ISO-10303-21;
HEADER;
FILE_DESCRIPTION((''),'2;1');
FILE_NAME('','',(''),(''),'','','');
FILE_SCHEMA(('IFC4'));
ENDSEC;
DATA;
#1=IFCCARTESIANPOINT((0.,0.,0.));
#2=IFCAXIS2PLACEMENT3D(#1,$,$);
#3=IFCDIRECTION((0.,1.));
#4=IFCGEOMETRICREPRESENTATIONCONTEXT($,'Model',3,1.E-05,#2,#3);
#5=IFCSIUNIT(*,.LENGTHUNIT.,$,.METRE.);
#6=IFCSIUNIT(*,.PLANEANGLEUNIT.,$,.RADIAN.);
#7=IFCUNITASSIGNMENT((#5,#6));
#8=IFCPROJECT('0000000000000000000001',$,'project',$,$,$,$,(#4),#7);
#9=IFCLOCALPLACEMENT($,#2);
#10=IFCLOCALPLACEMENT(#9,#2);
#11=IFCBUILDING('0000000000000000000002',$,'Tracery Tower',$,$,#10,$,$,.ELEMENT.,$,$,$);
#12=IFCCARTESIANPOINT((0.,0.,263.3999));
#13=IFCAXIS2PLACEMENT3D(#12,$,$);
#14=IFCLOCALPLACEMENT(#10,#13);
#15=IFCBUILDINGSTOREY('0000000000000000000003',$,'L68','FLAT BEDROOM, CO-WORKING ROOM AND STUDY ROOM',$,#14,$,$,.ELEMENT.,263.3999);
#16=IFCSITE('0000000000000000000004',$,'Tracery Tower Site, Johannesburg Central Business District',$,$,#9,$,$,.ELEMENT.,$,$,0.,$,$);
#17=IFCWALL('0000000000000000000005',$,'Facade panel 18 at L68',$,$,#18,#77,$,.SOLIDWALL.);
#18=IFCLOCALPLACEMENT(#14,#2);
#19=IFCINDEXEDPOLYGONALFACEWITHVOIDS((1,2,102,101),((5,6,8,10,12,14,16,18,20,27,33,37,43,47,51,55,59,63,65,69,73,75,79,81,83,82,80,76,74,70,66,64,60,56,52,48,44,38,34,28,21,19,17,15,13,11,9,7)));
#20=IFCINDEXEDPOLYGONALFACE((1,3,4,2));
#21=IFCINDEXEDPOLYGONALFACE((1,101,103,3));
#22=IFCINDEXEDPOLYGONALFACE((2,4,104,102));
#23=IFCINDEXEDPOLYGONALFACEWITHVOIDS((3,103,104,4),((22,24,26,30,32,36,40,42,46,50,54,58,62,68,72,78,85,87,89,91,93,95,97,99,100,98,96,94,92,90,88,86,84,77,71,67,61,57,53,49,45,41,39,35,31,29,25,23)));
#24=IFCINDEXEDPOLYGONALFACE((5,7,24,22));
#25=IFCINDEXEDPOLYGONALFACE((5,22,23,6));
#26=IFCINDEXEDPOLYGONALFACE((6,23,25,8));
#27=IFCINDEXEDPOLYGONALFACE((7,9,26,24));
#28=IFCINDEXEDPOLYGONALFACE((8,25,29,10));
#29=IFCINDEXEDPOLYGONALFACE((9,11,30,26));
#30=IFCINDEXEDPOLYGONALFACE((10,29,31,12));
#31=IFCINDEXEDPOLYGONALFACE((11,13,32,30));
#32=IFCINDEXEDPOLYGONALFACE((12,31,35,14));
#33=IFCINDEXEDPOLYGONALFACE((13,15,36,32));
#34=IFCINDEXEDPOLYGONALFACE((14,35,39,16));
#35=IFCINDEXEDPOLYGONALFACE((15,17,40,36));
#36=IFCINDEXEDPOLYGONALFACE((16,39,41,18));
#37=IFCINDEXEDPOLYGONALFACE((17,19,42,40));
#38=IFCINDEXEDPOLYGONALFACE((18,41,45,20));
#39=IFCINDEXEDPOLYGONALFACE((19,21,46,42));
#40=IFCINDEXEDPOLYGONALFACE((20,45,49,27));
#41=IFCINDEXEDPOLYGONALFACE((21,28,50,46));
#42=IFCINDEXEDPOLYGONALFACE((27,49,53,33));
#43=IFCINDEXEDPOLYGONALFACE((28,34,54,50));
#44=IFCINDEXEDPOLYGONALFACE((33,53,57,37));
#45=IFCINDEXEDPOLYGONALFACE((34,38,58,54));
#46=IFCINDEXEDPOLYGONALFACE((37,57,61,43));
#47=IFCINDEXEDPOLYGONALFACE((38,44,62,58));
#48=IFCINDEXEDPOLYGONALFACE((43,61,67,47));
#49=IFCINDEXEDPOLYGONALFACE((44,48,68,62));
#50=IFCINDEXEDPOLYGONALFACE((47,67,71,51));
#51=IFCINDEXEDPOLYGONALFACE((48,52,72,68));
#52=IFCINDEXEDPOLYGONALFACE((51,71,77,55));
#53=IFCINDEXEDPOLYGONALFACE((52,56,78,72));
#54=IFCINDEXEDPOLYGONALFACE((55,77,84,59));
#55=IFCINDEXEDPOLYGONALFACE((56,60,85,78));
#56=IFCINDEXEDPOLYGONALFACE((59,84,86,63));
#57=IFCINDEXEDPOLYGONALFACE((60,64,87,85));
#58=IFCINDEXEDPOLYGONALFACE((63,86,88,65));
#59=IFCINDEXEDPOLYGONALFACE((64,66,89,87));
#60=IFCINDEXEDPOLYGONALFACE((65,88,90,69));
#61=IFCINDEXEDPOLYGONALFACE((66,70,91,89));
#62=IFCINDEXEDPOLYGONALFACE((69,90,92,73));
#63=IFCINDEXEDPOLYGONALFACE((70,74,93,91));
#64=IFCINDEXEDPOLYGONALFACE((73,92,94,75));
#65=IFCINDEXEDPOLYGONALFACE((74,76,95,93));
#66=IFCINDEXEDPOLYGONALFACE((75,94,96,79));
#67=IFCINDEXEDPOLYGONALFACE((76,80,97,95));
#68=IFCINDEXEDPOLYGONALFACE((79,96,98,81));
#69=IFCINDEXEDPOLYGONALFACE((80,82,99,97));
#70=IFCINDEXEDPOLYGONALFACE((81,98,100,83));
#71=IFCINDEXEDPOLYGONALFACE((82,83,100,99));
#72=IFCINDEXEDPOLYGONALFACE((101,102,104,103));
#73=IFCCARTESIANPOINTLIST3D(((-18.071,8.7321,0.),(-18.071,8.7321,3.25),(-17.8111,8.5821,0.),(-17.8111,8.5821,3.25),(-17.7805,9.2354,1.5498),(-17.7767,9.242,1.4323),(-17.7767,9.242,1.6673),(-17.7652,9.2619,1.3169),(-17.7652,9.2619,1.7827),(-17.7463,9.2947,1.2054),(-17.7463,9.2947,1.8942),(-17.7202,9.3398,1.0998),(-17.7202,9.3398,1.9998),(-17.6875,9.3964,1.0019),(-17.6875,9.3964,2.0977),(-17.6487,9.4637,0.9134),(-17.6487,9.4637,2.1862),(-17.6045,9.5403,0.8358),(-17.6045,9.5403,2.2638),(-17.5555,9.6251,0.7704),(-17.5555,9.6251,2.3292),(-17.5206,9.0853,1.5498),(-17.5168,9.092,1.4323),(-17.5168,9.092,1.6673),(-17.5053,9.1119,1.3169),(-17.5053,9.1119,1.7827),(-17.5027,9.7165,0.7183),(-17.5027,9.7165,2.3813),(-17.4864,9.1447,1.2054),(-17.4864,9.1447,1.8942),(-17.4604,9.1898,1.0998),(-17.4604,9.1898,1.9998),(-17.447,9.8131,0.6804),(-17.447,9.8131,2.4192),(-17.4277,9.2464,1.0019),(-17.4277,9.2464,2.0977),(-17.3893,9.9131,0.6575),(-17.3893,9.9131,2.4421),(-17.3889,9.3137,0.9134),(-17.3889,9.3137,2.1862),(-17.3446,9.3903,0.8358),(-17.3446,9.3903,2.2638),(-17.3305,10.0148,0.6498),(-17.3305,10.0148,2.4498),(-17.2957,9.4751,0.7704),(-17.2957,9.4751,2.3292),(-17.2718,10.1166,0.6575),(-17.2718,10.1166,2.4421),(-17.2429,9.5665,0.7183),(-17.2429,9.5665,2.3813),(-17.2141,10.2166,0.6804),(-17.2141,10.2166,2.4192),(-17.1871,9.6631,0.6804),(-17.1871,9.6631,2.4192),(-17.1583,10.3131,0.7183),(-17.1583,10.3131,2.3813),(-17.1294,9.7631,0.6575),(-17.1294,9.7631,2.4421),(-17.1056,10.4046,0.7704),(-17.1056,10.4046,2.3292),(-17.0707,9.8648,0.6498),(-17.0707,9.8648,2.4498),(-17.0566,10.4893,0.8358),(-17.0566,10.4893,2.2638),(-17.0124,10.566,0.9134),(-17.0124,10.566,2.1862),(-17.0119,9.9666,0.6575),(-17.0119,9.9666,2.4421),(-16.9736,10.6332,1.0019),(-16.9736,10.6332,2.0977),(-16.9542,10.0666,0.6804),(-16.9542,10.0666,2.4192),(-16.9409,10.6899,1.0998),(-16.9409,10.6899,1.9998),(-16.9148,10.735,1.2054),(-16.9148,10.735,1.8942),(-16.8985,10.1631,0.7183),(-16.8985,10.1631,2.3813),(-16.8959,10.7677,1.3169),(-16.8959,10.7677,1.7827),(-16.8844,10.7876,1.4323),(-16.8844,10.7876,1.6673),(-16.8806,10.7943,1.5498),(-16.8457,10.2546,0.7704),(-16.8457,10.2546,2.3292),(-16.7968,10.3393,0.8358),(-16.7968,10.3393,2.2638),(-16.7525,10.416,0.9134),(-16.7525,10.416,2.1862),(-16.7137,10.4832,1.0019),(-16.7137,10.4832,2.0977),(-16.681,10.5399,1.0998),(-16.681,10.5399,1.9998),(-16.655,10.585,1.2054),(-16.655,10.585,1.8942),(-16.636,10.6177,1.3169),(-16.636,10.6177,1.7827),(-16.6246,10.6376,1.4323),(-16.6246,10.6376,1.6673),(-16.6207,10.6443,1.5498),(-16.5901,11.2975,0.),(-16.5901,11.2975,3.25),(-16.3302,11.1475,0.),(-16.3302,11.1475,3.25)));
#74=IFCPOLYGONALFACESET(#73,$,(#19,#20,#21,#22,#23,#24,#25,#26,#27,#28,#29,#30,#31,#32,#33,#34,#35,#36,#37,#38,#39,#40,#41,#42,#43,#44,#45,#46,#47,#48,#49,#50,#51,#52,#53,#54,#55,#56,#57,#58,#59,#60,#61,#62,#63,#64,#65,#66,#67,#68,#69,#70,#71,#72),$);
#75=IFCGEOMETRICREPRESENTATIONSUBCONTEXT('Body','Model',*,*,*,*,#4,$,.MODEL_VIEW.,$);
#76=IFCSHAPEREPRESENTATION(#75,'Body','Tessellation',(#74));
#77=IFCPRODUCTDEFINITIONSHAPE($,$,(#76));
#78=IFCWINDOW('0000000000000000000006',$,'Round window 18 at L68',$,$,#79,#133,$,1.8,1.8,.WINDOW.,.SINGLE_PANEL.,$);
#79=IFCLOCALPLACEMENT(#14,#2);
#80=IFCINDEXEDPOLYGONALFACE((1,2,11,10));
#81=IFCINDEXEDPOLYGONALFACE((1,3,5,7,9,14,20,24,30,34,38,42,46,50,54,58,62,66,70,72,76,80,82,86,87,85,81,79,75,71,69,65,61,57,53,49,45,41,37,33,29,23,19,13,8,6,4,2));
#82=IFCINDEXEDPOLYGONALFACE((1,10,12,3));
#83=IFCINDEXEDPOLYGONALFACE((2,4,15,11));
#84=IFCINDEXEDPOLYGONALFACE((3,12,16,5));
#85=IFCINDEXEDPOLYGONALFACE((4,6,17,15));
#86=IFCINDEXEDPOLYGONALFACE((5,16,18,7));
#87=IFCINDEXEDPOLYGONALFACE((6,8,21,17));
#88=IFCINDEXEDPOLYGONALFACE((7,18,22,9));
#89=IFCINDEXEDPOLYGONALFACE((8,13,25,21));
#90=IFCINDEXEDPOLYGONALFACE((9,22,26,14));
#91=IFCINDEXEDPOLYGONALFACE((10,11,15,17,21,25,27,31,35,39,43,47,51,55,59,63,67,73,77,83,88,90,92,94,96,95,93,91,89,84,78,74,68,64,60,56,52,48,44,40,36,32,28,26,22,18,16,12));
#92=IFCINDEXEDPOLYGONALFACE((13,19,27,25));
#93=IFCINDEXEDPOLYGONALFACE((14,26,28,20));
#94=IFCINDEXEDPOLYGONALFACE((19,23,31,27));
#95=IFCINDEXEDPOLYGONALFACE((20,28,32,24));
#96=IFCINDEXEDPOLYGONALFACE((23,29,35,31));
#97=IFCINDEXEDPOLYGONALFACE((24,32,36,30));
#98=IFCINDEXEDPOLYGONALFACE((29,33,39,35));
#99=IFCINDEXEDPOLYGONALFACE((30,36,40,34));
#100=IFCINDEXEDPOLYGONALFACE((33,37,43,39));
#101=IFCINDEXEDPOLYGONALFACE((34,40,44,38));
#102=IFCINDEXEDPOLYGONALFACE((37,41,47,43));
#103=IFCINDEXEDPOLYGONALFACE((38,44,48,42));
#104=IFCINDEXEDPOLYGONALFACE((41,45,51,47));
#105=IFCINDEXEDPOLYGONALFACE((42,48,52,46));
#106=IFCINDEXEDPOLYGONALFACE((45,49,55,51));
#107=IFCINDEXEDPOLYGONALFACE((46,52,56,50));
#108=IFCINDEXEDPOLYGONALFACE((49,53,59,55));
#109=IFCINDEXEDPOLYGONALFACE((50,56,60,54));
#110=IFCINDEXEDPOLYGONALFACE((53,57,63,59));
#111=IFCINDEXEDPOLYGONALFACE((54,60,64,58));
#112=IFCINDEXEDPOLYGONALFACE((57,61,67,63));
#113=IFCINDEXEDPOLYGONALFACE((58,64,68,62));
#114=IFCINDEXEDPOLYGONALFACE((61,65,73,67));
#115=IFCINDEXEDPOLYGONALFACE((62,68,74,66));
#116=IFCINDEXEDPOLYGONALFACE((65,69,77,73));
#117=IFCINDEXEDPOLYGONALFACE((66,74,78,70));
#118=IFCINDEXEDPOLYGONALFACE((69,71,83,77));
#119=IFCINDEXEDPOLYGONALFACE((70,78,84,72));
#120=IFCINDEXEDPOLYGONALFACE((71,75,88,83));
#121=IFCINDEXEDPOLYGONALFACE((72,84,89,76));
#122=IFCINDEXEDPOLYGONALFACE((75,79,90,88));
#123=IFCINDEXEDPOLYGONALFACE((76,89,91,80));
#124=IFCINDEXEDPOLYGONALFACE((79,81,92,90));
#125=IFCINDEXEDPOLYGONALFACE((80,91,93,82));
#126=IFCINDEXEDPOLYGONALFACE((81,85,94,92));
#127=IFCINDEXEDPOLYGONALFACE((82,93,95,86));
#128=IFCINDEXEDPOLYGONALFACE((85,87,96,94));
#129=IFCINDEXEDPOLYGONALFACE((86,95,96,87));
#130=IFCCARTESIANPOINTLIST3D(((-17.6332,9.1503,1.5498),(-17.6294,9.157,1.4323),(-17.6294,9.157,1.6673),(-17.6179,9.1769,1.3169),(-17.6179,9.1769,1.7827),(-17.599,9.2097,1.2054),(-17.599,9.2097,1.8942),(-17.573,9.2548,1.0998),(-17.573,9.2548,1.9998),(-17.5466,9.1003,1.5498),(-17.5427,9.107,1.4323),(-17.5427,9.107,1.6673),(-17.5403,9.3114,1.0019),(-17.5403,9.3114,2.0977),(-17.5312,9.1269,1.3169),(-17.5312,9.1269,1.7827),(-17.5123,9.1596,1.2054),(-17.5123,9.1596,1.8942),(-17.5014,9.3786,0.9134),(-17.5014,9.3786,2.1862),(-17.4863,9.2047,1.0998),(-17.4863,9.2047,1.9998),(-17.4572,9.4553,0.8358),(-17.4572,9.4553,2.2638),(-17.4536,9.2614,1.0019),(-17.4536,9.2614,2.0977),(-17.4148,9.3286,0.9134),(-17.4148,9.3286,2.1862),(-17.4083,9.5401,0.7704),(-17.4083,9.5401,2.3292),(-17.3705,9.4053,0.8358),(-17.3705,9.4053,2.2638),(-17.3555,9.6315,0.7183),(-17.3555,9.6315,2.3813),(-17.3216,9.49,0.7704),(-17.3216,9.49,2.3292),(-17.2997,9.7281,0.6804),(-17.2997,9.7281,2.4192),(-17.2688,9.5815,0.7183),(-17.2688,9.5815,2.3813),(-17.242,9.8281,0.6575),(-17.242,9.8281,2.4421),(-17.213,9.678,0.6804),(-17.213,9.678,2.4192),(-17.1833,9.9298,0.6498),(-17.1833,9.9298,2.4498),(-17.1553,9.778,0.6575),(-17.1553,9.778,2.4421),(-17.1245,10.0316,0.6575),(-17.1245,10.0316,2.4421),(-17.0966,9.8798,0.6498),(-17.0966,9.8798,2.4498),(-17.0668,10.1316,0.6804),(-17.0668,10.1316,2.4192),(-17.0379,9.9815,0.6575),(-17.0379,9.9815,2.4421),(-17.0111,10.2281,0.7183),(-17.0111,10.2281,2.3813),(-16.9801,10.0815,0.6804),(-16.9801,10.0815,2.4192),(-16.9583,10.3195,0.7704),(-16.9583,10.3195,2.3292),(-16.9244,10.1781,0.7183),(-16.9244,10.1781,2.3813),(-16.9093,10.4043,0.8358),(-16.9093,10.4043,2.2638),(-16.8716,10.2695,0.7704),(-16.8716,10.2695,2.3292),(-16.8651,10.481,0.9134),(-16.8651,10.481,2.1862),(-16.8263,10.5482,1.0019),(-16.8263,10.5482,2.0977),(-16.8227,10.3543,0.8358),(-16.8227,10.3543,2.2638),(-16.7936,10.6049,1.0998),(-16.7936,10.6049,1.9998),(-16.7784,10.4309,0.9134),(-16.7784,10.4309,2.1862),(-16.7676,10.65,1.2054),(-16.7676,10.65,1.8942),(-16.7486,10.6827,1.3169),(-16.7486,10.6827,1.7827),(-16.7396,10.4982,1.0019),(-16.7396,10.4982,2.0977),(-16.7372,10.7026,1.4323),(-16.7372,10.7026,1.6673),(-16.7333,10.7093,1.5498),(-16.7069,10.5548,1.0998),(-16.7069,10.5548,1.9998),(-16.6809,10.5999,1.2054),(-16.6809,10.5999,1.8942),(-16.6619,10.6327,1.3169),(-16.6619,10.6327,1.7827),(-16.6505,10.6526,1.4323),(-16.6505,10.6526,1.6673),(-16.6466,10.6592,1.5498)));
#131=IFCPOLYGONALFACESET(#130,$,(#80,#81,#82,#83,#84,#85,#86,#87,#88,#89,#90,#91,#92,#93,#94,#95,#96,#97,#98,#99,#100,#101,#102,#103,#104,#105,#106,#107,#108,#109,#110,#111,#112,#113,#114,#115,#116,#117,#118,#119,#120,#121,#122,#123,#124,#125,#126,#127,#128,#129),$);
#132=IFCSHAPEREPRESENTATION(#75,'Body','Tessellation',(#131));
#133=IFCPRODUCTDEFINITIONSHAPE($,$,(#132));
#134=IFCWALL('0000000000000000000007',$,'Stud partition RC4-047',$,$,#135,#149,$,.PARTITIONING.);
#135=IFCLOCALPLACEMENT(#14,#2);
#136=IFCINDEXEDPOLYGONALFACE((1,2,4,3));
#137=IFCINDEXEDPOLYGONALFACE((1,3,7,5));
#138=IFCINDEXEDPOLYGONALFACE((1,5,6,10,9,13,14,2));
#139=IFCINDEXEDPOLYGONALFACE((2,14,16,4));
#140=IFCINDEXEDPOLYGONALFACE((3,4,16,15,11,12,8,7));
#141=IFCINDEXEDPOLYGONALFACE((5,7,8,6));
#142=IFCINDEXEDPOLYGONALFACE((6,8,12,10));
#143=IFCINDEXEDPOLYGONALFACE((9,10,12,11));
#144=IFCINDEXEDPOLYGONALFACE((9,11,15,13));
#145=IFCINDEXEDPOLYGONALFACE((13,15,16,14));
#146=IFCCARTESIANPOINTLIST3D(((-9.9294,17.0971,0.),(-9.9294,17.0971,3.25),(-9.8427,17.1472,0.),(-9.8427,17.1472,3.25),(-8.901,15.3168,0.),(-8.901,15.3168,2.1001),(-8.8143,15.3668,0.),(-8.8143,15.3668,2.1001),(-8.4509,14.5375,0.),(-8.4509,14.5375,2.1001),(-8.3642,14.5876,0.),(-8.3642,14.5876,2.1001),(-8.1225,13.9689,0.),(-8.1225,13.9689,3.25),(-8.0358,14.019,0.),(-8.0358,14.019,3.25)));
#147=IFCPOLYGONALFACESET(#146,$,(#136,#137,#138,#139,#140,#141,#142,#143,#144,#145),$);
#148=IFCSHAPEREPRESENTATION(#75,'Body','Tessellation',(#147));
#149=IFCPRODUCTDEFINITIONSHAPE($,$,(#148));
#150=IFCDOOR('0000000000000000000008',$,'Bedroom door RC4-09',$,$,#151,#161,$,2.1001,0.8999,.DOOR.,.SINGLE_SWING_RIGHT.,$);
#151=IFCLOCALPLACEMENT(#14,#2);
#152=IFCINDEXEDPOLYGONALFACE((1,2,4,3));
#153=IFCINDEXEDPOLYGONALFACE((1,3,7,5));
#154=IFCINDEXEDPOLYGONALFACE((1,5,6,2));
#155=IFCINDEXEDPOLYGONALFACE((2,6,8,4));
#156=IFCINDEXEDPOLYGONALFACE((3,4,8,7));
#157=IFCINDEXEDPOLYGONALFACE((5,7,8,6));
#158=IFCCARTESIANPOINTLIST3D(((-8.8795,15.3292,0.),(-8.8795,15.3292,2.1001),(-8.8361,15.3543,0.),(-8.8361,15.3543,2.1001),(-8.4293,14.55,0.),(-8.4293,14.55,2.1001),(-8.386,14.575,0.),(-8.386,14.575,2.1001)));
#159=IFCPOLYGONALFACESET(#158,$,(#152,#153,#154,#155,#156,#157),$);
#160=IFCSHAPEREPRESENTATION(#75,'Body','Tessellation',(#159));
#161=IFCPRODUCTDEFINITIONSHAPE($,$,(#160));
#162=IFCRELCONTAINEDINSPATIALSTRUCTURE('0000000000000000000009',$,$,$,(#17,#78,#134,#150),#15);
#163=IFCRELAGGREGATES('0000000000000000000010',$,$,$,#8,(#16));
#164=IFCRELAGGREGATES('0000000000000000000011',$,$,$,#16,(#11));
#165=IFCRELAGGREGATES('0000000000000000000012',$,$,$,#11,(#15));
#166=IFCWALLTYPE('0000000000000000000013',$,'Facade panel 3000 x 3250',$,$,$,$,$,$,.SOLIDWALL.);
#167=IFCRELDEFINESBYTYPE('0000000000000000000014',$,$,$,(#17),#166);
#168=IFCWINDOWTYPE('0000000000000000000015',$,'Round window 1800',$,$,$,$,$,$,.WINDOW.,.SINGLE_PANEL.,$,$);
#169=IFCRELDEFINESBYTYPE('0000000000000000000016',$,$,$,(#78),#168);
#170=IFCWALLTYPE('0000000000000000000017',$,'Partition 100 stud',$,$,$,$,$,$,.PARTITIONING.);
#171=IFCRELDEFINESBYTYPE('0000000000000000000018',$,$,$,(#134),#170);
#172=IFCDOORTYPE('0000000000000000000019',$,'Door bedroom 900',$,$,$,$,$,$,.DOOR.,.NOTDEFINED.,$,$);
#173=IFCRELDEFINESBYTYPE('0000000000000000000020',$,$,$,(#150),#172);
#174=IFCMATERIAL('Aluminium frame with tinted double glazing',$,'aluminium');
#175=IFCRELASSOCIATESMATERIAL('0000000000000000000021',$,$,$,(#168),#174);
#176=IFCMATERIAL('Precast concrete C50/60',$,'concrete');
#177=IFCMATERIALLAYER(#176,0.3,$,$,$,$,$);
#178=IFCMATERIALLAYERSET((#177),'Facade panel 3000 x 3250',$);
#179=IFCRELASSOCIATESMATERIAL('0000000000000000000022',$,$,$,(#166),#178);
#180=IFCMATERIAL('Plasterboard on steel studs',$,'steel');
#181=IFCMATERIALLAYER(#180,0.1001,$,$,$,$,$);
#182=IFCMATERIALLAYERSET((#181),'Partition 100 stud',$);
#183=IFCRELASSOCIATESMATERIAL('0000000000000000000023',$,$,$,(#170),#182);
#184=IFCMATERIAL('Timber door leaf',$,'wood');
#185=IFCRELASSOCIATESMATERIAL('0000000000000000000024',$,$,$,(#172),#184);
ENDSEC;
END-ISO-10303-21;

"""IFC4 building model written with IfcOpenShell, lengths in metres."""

from ifc_helpers import new_model, si_unit, direction, frame, frame_2d, origin, origin_2d, place, context, subcontext, project, spatial, rectangle, circle, extrude, material, layer, layer_set, type_object, element, fill, save


model = new_model("IFC4")

# Units and contexts
model_context = context("Model", 3, precision=1e-05, world=origin(), true_north=direction((0.0, 1.0)))
body_context = subcontext(model_context, "Body", "Model", "MODEL_VIEW")
ifc_project = project(units=[si_unit("LENGTHUNIT", "METRE"), si_unit("PLANEANGLEUNIT", "RADIAN")], contexts=[model_context])

# Site, building, storey
site_placement = place(None, origin())
site = spatial("IfcSite", under=ifc_project, at=site_placement, Name="Tracery Tower Site, Johannesburg Central Business District", CompositionType="ELEMENT", RefElevation=0.0)
building_placement = place(site_placement, origin())
building = spatial("IfcBuilding", under=site, at=building_placement, Name="Tracery Tower", CompositionType="ELEMENT")
storey_placement = place(building_placement, frame((0.0, 0.0, 263.3999)))
storey = spatial("IfcBuildingStorey", under=building, at=storey_placement, Name="L68", Description="FLAT BEDROOM, CO-WORKING ROOM AND STUDY ROOM", CompositionType="ELEMENT", Elevation=263.3999)

# Wall, opening, window
ifc_material_1 = material(Name="Aluminium frame with tinted double glazing", Category="aluminium")
window_type = type_object("IfcWindowType", Name="Round window 1800", PartitioningType="SINGLE_PANEL", PredefinedType="WINDOW", material=ifc_material_1)
ifc_material_2 = material(Name="Precast concrete C50/60", Category="concrete")
ifc_layer_1 = layer(ifc_material_2, 0.3)
ifc_layer_set_1 = layer_set([ifc_layer_1], Name="Facade panel 3000 x 3250")
wall_type_1 = type_object("IfcWallType", Name="Facade panel 3000 x 3250", PredefinedType="SOLIDWALL", material=ifc_layer_set_1)
wall_1_placement = place(storey_placement, frame((-16.4602, 11.2224, 0.0), z_axis=(0.0, 0.0, 1.0), x_axis=(-0.499951, -0.866054, 0.0)))
wall_1 = element("IfcWall", 1, at=wall_1_placement, inside=storey, type_object=wall_type_1, Name="Facade panel 18 at L68", PredefinedType="SOLIDWALL", context=body_context, shape_type="SweptSolid", body=[
    extrude(rectangle(XDim=2.9622, YDim=0.3, at=frame_2d((1.481, 0.0))), origin(), (0.0, 0.0, 1.0), 3.25),
])
opening_1_placement = place(wall_1_placement, frame((1.481, 0.0, 1.5498)))
opening_1 = element("IfcOpeningElement", 2, at=opening_1_placement, cuts=wall_1, PredefinedType="OPENING", context=body_context, shape_type="SweptSolid", body=[
    extrude(circle(Radius=0.9, at=origin_2d()), frame((0.0, 0.1599, 0.0), z_axis=(0.0, -1.0, 0.0), x_axis=(1.0, 0.0, 0.0)), (0.0, 0.0, 1.0), 0.3201),
])
window_1_placement = place(opening_1_placement, origin())
window_1 = element("IfcWindow", 3, at=window_1_placement, inside=storey, type_object=window_type, Name="Round window 18 at L68", OverallHeight=1.8, OverallWidth=1.8, PartitioningType="SINGLE_PANEL", PredefinedType="WINDOW", context=body_context, shape_type="SweptSolid", body=[
    extrude(circle(Radius=0.9, at=origin_2d()), frame((0.0, 0.1201, 0.0), z_axis=(0.0, -1.0, 0.0), x_axis=(1.0, 0.0, 0.0)), (0.0, 0.0, 1.0), 0.1001),
])
fill(opening_1, window_1)

# Wall, opening, door
ifc_material_3 = material(Name="Plasterboard on steel studs", Category="steel")
ifc_layer_2 = layer(ifc_material_3, 0.1001)
ifc_layer_set_2 = layer_set([ifc_layer_2], Name="Partition 100 stud")
wall_type_2 = type_object("IfcWallType", Name="Partition 100 stud", PredefinedType="PARTITIONING", material=ifc_layer_set_2)
wall_2_placement = place(storey_placement, frame((-9.886, 17.1221, 0.0), z_axis=(0.0, 0.0, 1.0), x_axis=(0.500173, -0.865926, 0.0)))
wall_2 = element("IfcWall", 4, at=wall_2_placement, inside=storey, type_object=wall_type_2, Name="Stud partition RC4-047", PredefinedType="PARTITIONING", context=body_context, shape_type="SweptSolid", body=[
    extrude(rectangle(XDim=3.6125, YDim=0.1001, at=frame_2d((1.8062, 0.0))), origin(), (0.0, 0.0, 1.0), 3.25),
])
opening_2_placement = place(wall_2_placement, frame((2.0559, 0.0, 0.0)))
opening_2 = element("IfcOpeningElement", 5, at=opening_2_placement, cuts=wall_2, PredefinedType="OPENING", context=body_context, shape_type="SweptSolid", body=[
    extrude(rectangle(XDim=0.8999, YDim=2.1001, at=frame_2d((0.45, 1.05))), frame((0.0, 0.05, 0.0), z_axis=(0.0, -1.0, 0.0), x_axis=(1.0, 0.0, 0.0)), (0.0, 0.0, 1.0), 0.1001),
])
ifc_material_4 = material(Name="Timber door leaf", Category="wood")
door_type_1 = type_object("IfcDoorType", Name="Door bedroom 900", OperationType="NOTDEFINED", PredefinedType="DOOR", material=ifc_material_4)
door_1_placement = place(opening_2_placement, origin())
door_1 = element("IfcDoor", 6, at=door_1_placement, inside=storey, type_object=door_type_1, Name="Bedroom door RC4-09", OperationType="SINGLE_SWING_RIGHT", OverallHeight=2.1001, OverallWidth=0.8999, PredefinedType="DOOR", context=body_context, shape_type="SweptSolid", body=[
    extrude(rectangle(XDim=0.8999, YDim=2.1001, at=frame_2d((0.45, 1.05))), frame((0.0, 0.0249, 0.0), z_axis=(0.0, -1.0, 0.0), x_axis=(1.0, 0.0, 0.0)), (0.0, 0.0, 1.0), 0.05),
])
fill(opening_2, door_1)

save(model, "model.ifc")
